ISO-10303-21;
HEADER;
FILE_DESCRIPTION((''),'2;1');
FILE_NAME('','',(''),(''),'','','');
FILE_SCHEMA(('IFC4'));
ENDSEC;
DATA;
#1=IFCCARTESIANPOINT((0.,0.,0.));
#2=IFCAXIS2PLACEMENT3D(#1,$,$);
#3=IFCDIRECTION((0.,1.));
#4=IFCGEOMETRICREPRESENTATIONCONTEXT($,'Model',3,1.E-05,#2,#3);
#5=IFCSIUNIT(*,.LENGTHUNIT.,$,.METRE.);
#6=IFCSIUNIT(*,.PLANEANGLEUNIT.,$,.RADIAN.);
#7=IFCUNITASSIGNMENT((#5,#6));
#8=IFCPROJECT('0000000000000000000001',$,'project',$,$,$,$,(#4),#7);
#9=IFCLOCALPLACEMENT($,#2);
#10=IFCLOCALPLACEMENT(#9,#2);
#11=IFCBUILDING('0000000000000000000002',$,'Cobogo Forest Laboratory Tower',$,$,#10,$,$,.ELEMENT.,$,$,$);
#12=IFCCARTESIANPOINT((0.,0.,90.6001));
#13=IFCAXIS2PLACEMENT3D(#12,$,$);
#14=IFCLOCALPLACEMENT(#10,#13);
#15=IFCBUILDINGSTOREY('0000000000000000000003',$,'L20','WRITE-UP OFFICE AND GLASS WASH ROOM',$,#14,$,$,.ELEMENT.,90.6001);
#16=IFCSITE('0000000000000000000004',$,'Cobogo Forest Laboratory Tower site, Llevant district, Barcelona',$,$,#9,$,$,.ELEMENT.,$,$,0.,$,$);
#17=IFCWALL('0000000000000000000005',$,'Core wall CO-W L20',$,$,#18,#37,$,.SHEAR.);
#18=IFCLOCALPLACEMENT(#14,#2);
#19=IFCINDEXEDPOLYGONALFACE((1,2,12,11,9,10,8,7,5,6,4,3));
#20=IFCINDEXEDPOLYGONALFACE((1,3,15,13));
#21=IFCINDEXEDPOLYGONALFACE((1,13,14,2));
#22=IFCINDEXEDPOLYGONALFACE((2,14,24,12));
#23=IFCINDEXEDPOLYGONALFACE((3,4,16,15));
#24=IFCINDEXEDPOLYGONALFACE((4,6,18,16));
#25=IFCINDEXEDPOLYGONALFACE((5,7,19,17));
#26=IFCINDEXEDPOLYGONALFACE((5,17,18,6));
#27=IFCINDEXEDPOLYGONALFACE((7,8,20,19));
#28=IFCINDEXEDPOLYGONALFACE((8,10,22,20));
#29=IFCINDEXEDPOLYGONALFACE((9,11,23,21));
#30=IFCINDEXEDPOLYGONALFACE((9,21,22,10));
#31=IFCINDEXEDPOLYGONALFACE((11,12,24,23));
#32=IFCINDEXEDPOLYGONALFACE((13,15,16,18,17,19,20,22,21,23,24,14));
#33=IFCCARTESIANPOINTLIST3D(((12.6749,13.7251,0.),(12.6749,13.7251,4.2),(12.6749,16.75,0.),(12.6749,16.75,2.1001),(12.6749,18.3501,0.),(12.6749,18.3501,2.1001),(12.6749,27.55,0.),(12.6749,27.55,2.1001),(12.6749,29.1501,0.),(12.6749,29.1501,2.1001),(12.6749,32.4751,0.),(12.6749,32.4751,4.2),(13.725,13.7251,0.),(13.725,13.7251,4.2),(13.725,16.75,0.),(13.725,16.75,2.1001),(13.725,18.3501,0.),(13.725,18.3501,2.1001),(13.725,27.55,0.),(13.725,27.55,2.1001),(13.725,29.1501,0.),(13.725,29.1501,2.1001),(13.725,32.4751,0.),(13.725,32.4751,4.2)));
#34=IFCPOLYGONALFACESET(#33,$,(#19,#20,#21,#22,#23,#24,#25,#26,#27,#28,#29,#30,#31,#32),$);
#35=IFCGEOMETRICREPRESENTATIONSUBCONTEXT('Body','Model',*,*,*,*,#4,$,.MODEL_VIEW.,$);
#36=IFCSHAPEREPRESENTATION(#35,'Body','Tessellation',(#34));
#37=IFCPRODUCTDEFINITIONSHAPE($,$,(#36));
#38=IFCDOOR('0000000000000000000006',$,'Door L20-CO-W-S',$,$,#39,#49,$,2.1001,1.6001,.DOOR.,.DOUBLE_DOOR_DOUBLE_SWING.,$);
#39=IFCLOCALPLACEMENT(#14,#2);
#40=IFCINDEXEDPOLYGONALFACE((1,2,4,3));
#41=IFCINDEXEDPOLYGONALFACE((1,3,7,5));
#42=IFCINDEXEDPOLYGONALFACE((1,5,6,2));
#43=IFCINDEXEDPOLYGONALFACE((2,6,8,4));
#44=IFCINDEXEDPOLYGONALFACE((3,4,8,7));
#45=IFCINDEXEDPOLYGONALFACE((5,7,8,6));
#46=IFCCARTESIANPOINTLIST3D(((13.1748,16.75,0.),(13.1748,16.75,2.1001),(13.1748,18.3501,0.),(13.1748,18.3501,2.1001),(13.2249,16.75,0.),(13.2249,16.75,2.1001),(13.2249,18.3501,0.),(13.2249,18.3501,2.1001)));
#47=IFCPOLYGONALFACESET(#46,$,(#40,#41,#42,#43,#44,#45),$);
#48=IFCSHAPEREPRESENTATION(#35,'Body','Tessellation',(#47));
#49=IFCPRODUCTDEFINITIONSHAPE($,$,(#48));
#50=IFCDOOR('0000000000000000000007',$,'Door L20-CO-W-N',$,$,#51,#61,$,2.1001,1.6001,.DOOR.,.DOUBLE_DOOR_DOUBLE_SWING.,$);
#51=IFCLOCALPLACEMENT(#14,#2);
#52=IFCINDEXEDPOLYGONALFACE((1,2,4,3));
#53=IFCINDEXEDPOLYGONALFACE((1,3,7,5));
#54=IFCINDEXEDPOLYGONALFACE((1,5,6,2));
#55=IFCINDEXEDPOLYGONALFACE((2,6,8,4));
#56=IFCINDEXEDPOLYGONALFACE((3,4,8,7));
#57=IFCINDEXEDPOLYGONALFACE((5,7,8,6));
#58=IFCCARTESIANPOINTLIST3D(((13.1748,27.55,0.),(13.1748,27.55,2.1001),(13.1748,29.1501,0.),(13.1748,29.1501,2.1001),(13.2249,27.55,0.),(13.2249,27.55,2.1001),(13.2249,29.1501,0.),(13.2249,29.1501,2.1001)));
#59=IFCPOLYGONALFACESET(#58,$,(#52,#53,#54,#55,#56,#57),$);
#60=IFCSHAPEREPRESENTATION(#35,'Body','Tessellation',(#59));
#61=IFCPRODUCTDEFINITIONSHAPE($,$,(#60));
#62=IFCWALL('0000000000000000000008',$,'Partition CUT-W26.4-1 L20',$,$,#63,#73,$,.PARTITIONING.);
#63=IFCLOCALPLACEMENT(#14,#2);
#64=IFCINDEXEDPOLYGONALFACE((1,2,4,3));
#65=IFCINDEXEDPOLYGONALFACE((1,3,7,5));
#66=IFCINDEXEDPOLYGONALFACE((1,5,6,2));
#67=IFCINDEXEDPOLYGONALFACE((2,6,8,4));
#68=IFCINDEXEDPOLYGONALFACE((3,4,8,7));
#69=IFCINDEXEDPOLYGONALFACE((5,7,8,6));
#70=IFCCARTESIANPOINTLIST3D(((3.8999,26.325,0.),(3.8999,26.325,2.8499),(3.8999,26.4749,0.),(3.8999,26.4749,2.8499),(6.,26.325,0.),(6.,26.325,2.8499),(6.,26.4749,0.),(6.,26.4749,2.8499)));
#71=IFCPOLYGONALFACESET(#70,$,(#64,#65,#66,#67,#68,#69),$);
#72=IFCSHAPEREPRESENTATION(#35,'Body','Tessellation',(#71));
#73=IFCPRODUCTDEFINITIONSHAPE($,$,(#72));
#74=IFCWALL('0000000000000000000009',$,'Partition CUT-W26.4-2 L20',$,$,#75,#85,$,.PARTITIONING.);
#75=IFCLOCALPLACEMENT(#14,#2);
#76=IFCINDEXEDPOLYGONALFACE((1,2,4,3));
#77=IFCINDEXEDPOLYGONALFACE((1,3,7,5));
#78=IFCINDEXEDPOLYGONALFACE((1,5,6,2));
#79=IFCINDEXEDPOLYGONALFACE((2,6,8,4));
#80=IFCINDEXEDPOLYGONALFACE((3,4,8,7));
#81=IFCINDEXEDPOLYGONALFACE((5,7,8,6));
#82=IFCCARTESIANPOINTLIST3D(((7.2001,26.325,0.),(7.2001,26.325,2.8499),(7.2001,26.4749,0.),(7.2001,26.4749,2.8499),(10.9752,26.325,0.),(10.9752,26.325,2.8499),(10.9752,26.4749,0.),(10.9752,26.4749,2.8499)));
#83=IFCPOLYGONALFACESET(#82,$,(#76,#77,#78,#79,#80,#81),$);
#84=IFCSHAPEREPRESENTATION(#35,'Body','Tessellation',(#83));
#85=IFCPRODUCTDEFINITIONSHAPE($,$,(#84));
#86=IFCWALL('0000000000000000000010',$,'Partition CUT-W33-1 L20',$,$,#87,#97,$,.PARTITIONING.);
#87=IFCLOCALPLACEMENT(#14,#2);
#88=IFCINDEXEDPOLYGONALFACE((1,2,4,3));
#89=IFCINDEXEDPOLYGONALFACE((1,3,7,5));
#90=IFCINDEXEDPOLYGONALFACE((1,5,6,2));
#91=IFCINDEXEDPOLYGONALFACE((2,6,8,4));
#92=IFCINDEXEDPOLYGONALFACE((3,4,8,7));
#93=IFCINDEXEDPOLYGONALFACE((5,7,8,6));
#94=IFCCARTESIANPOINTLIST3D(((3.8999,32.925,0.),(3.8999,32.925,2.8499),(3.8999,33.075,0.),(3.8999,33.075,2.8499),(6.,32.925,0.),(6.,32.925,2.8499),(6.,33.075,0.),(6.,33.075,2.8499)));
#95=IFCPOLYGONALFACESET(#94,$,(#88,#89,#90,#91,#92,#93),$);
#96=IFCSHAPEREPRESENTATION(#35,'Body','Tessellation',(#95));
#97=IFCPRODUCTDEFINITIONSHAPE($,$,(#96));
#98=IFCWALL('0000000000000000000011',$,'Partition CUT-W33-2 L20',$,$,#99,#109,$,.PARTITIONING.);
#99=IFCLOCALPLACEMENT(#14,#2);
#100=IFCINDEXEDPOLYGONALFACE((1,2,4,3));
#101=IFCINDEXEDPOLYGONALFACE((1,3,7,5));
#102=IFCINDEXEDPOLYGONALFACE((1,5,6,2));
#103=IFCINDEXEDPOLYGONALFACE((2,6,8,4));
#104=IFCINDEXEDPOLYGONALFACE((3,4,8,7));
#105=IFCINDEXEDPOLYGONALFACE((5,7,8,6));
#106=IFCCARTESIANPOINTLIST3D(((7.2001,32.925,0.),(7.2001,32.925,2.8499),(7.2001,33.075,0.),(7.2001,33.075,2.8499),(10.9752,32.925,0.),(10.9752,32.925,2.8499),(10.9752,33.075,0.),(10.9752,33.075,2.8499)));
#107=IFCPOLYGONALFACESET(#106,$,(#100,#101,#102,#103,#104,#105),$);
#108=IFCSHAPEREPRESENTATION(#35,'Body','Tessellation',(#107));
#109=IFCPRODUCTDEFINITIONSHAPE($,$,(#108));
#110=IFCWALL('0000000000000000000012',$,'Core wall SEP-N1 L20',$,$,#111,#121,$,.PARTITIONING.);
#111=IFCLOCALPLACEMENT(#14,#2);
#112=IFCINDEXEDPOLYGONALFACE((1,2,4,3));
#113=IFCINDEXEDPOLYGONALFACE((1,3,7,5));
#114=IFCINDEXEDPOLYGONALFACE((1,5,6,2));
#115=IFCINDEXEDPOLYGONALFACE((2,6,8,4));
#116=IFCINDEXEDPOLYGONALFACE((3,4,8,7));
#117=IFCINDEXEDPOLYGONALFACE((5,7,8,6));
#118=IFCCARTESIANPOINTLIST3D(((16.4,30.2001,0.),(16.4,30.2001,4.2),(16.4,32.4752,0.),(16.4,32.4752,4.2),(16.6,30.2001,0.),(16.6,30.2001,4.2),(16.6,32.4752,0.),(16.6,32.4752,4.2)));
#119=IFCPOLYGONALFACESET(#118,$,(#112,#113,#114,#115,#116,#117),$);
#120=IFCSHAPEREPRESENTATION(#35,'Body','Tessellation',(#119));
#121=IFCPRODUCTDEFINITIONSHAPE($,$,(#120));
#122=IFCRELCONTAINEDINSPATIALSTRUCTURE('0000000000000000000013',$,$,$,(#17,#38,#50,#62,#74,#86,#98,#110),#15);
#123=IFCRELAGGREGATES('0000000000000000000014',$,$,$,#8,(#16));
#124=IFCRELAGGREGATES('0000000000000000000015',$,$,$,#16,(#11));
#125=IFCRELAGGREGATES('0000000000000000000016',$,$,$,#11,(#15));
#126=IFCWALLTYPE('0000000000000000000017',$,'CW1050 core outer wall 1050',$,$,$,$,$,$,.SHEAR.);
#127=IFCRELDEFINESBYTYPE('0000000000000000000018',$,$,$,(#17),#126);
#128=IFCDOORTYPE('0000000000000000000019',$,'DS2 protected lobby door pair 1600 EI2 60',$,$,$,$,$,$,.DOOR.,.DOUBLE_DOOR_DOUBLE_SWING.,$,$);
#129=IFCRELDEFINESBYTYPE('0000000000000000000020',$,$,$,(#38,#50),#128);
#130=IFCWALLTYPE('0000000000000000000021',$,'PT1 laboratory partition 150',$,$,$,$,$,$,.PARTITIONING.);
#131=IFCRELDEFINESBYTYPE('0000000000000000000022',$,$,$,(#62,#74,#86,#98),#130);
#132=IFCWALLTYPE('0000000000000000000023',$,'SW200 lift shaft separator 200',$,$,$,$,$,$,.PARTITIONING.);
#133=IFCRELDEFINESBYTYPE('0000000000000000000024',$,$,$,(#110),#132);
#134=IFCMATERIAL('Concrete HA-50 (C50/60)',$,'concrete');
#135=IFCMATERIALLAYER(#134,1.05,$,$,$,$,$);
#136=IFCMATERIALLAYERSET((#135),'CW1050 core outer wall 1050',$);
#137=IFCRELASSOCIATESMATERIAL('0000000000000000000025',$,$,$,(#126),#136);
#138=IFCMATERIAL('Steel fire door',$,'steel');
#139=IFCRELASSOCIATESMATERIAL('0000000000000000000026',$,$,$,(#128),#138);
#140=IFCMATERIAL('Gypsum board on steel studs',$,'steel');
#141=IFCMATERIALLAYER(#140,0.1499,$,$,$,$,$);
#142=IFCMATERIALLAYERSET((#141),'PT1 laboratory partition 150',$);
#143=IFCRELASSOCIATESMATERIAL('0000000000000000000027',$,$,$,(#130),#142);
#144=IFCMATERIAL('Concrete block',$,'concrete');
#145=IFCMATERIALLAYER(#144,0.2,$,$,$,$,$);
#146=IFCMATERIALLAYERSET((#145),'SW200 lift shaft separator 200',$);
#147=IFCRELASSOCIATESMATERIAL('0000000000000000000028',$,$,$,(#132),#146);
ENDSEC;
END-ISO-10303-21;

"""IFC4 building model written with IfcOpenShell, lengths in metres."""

from ifc_helpers import new_model, si_unit, direction, frame, frame_2d, origin, place, context, subcontext, project, spatial, rectangle, extrude, material, layer, layer_set, type_object, element, fill, save


model = new_model("IFC4")

# Units and contexts
model_context = context("Model", 3, precision=1e-05, world=origin(), true_north=direction((0.0, 1.0)))
body_context = subcontext(model_context, "Body", "Model", "MODEL_VIEW")
ifc_project = project(units=[si_unit("LENGTHUNIT", "METRE"), si_unit("PLANEANGLEUNIT", "RADIAN")], contexts=[model_context])

# Site, building, storey
site_placement = place(None, origin())
site = spatial("IfcSite", under=ifc_project, at=site_placement, Name="Cobogo Forest Laboratory Tower site, Llevant district, Barcelona", CompositionType="ELEMENT", RefElevation=0.0)
building_placement = place(site_placement, origin())
building = spatial("IfcBuilding", under=site, at=building_placement, Name="Cobogo Forest Laboratory Tower", CompositionType="ELEMENT")
storey_placement = place(building_placement, frame((0.0, 0.0, 90.6001)))
storey = spatial("IfcBuildingStorey", under=building, at=storey_placement, Name="L20", Description="WRITE-UP OFFICE AND GLASS WASH ROOM", CompositionType="ELEMENT", Elevation=90.6001)

# Shared definitions
ifc_material_1 = material(Name="Concrete HA-50 (C50/60)", Category="concrete")

# Shared definitions
ifc_material_2 = material(Name="Steel fire door", Category="steel")

# Wall, openings, doors
ifc_layer_1 = layer(ifc_material_1, 1.05)
ifc_layer_set_1 = layer_set([ifc_layer_1], Name="CW1050 core outer wall 1050")
wall_type_1 = type_object("IfcWallType", Name="CW1050 core outer wall 1050", PredefinedType="SHEAR", material=ifc_layer_set_1)
wall_1_placement = place(storey_placement, frame((13.2, 32.4751, 0.0), z_axis=(0.0, 0.0, 1.0), x_axis=(0.0, -1.0, 0.0)))
wall_1 = element("IfcWall", 1, at=wall_1_placement, inside=storey, type_object=wall_type_1, Name="Core wall CO-W L20", PredefinedType="SHEAR", context=body_context, shape_type="SweptSolid", body=[
    extrude(rectangle(XDim=18.75, YDim=1.05, at=frame_2d((9.375, 0.0))), origin(), (0.0, 0.0, 1.0), 4.2),
])
opening_1_placement = place(wall_1_placement, frame((14.125, 0.0, 0.0)))
opening_1 = element("IfcOpeningElement", 2, at=opening_1_placement, cuts=wall_1, PredefinedType="OPENING", context=body_context, shape_type="SweptSolid", body=[
    extrude(rectangle(XDim=1.6001, YDim=2.1001, at=frame_2d((0.8, 1.05))), frame((0.0, 0.5349, 0.0), z_axis=(0.0, -1.0, 0.0), x_axis=(1.0, 0.0, 0.0)), (0.0, 0.0, 1.0), 1.0701),
])
opening_2_placement = place(wall_1_placement, frame((3.325, 0.0, 0.0)))
opening_2 = element("IfcOpeningElement", 3, at=opening_2_placement, cuts=wall_1, PredefinedType="OPENING", context=body_context, shape_type="SweptSolid", body=[
    extrude(rectangle(XDim=1.6001, YDim=2.1001, at=frame_2d((0.8, 1.05))), frame((0.0, 0.5349, 0.0), z_axis=(0.0, -1.0, 0.0), x_axis=(1.0, 0.0, 0.0)), (0.0, 0.0, 1.0), 1.0701),
])
door_type_1 = type_object("IfcDoorType", Name="DS2 protected lobby door pair 1600 EI2 60", OperationType="DOUBLE_DOOR_DOUBLE_SWING", PredefinedType="DOOR", material=ifc_material_2)
door_1_placement = place(opening_1_placement, origin())
door_1 = element("IfcDoor", 4, at=door_1_placement, inside=storey, type_object=door_type_1, Name="Door L20-CO-W-S", OperationType="DOUBLE_DOOR_DOUBLE_SWING", OverallHeight=2.1001, OverallWidth=1.6001, PredefinedType="DOOR", context=body_context, shape_type="SweptSolid", body=[
    extrude(rectangle(XDim=1.6001, YDim=2.1001, at=frame_2d((0.8, 1.05))), frame((0.0, 0.0249, 0.0), z_axis=(0.0, -1.0, 0.0), x_axis=(1.0, 0.0, 0.0)), (0.0, 0.0, 1.0), 0.05),
])
fill(opening_1, door_1)
door_2_placement = place(opening_2_placement, origin())
door_2 = element("IfcDoor", 5, at=door_2_placement, inside=storey, type_object=door_type_1, Name="Door L20-CO-W-N", OperationType="DOUBLE_DOOR_DOUBLE_SWING", OverallHeight=2.1001, OverallWidth=1.6001, PredefinedType="DOOR", context=body_context, shape_type="SweptSolid", body=[
    extrude(rectangle(XDim=1.6001, YDim=2.1001, at=frame_2d((0.8, 1.05))), frame((0.0, 0.0249, 0.0), z_axis=(0.0, -1.0, 0.0), x_axis=(1.0, 0.0, 0.0)), (0.0, 0.0, 1.0), 0.05),
])
fill(opening_2, door_2)

# Walls
ifc_material_3 = material(Name="Gypsum board on steel studs", Category="steel")
ifc_layer_2 = layer(ifc_material_3, 0.1499)
ifc_layer_set_2 = layer_set([ifc_layer_2], Name="PT1 laboratory partition 150")
wall_type_2 = type_object("IfcWallType", Name="PT1 laboratory partition 150", PredefinedType="PARTITIONING", material=ifc_layer_set_2)
wall_2_placement = place(storey_placement, frame((3.8999, 26.3999, 0.0), z_axis=(0.0, 0.0, 1.0), x_axis=(1.0, 0.0, 0.0)))
element("IfcWall", 6, at=wall_2_placement, inside=storey, type_object=wall_type_2, Name="Partition CUT-W26.4-1 L20", PredefinedType="PARTITIONING", context=body_context, shape_type="SweptSolid", body=[
    extrude(rectangle(XDim=2.1001, YDim=0.1499, at=frame_2d((1.05, 0.0))), origin(), (0.0, 0.0, 1.0), 2.8499),
])
wall_3_placement = place(storey_placement, frame((7.2, 26.3999, 0.0), z_axis=(0.0, 0.0, 1.0), x_axis=(1.0, 0.0, 0.0)))
element("IfcWall", 7, at=wall_3_placement, inside=storey, type_object=wall_type_2, Name="Partition CUT-W26.4-2 L20", PredefinedType="PARTITIONING", context=body_context, shape_type="SweptSolid", body=[
    extrude(rectangle(XDim=3.7751, YDim=0.1499, at=frame_2d((1.8877, 0.0))), origin(), (0.0, 0.0, 1.0), 2.8499),
])
wall_4_placement = place(storey_placement, frame((3.8999, 33.0, 0.0), z_axis=(0.0, 0.0, 1.0), x_axis=(1.0, 0.0, 0.0)))
element("IfcWall", 8, at=wall_4_placement, inside=storey, type_object=wall_type_2, Name="Partition CUT-W33-1 L20", PredefinedType="PARTITIONING", context=body_context, shape_type="SweptSolid", body=[
    extrude(rectangle(XDim=2.1001, YDim=0.1499, at=frame_2d((1.05, 0.0))), origin(), (0.0, 0.0, 1.0), 2.8499),
])
wall_5_placement = place(storey_placement, frame((7.2, 33.0, 0.0), z_axis=(0.0, 0.0, 1.0), x_axis=(1.0, 0.0, 0.0)))
element("IfcWall", 9, at=wall_5_placement, inside=storey, type_object=wall_type_2, Name="Partition CUT-W33-2 L20", PredefinedType="PARTITIONING", context=body_context, shape_type="SweptSolid", body=[
    extrude(rectangle(XDim=3.7751, YDim=0.1499, at=frame_2d((1.8877, 0.0))), origin(), (0.0, 0.0, 1.0), 2.8499),
])
ifc_material_4 = material(Name="Concrete block", Category="concrete")
ifc_layer_3 = layer(ifc_material_4, 0.2)
ifc_layer_set_3 = layer_set([ifc_layer_3], Name="SW200 lift shaft separator 200")
wall_type_3 = type_object("IfcWallType", Name="SW200 lift shaft separator 200", PredefinedType="PARTITIONING", material=ifc_layer_set_3)
wall_6_placement = place(storey_placement, frame((16.5, 30.2, 0.0), z_axis=(0.0, 0.0, 1.0), x_axis=(0.0, 1.0, 0.0)))
element("IfcWall", 10, at=wall_6_placement, inside=storey, type_object=wall_type_3, Name="Core wall SEP-N1 L20", PredefinedType="PARTITIONING", context=body_context, shape_type="SweptSolid", body=[
    extrude(rectangle(XDim=2.2751, YDim=0.2, at=frame_2d((1.1377, 0.0))), origin(), (0.0, 0.0, 1.0), 4.2),
])

save(model, "model.ifc")
